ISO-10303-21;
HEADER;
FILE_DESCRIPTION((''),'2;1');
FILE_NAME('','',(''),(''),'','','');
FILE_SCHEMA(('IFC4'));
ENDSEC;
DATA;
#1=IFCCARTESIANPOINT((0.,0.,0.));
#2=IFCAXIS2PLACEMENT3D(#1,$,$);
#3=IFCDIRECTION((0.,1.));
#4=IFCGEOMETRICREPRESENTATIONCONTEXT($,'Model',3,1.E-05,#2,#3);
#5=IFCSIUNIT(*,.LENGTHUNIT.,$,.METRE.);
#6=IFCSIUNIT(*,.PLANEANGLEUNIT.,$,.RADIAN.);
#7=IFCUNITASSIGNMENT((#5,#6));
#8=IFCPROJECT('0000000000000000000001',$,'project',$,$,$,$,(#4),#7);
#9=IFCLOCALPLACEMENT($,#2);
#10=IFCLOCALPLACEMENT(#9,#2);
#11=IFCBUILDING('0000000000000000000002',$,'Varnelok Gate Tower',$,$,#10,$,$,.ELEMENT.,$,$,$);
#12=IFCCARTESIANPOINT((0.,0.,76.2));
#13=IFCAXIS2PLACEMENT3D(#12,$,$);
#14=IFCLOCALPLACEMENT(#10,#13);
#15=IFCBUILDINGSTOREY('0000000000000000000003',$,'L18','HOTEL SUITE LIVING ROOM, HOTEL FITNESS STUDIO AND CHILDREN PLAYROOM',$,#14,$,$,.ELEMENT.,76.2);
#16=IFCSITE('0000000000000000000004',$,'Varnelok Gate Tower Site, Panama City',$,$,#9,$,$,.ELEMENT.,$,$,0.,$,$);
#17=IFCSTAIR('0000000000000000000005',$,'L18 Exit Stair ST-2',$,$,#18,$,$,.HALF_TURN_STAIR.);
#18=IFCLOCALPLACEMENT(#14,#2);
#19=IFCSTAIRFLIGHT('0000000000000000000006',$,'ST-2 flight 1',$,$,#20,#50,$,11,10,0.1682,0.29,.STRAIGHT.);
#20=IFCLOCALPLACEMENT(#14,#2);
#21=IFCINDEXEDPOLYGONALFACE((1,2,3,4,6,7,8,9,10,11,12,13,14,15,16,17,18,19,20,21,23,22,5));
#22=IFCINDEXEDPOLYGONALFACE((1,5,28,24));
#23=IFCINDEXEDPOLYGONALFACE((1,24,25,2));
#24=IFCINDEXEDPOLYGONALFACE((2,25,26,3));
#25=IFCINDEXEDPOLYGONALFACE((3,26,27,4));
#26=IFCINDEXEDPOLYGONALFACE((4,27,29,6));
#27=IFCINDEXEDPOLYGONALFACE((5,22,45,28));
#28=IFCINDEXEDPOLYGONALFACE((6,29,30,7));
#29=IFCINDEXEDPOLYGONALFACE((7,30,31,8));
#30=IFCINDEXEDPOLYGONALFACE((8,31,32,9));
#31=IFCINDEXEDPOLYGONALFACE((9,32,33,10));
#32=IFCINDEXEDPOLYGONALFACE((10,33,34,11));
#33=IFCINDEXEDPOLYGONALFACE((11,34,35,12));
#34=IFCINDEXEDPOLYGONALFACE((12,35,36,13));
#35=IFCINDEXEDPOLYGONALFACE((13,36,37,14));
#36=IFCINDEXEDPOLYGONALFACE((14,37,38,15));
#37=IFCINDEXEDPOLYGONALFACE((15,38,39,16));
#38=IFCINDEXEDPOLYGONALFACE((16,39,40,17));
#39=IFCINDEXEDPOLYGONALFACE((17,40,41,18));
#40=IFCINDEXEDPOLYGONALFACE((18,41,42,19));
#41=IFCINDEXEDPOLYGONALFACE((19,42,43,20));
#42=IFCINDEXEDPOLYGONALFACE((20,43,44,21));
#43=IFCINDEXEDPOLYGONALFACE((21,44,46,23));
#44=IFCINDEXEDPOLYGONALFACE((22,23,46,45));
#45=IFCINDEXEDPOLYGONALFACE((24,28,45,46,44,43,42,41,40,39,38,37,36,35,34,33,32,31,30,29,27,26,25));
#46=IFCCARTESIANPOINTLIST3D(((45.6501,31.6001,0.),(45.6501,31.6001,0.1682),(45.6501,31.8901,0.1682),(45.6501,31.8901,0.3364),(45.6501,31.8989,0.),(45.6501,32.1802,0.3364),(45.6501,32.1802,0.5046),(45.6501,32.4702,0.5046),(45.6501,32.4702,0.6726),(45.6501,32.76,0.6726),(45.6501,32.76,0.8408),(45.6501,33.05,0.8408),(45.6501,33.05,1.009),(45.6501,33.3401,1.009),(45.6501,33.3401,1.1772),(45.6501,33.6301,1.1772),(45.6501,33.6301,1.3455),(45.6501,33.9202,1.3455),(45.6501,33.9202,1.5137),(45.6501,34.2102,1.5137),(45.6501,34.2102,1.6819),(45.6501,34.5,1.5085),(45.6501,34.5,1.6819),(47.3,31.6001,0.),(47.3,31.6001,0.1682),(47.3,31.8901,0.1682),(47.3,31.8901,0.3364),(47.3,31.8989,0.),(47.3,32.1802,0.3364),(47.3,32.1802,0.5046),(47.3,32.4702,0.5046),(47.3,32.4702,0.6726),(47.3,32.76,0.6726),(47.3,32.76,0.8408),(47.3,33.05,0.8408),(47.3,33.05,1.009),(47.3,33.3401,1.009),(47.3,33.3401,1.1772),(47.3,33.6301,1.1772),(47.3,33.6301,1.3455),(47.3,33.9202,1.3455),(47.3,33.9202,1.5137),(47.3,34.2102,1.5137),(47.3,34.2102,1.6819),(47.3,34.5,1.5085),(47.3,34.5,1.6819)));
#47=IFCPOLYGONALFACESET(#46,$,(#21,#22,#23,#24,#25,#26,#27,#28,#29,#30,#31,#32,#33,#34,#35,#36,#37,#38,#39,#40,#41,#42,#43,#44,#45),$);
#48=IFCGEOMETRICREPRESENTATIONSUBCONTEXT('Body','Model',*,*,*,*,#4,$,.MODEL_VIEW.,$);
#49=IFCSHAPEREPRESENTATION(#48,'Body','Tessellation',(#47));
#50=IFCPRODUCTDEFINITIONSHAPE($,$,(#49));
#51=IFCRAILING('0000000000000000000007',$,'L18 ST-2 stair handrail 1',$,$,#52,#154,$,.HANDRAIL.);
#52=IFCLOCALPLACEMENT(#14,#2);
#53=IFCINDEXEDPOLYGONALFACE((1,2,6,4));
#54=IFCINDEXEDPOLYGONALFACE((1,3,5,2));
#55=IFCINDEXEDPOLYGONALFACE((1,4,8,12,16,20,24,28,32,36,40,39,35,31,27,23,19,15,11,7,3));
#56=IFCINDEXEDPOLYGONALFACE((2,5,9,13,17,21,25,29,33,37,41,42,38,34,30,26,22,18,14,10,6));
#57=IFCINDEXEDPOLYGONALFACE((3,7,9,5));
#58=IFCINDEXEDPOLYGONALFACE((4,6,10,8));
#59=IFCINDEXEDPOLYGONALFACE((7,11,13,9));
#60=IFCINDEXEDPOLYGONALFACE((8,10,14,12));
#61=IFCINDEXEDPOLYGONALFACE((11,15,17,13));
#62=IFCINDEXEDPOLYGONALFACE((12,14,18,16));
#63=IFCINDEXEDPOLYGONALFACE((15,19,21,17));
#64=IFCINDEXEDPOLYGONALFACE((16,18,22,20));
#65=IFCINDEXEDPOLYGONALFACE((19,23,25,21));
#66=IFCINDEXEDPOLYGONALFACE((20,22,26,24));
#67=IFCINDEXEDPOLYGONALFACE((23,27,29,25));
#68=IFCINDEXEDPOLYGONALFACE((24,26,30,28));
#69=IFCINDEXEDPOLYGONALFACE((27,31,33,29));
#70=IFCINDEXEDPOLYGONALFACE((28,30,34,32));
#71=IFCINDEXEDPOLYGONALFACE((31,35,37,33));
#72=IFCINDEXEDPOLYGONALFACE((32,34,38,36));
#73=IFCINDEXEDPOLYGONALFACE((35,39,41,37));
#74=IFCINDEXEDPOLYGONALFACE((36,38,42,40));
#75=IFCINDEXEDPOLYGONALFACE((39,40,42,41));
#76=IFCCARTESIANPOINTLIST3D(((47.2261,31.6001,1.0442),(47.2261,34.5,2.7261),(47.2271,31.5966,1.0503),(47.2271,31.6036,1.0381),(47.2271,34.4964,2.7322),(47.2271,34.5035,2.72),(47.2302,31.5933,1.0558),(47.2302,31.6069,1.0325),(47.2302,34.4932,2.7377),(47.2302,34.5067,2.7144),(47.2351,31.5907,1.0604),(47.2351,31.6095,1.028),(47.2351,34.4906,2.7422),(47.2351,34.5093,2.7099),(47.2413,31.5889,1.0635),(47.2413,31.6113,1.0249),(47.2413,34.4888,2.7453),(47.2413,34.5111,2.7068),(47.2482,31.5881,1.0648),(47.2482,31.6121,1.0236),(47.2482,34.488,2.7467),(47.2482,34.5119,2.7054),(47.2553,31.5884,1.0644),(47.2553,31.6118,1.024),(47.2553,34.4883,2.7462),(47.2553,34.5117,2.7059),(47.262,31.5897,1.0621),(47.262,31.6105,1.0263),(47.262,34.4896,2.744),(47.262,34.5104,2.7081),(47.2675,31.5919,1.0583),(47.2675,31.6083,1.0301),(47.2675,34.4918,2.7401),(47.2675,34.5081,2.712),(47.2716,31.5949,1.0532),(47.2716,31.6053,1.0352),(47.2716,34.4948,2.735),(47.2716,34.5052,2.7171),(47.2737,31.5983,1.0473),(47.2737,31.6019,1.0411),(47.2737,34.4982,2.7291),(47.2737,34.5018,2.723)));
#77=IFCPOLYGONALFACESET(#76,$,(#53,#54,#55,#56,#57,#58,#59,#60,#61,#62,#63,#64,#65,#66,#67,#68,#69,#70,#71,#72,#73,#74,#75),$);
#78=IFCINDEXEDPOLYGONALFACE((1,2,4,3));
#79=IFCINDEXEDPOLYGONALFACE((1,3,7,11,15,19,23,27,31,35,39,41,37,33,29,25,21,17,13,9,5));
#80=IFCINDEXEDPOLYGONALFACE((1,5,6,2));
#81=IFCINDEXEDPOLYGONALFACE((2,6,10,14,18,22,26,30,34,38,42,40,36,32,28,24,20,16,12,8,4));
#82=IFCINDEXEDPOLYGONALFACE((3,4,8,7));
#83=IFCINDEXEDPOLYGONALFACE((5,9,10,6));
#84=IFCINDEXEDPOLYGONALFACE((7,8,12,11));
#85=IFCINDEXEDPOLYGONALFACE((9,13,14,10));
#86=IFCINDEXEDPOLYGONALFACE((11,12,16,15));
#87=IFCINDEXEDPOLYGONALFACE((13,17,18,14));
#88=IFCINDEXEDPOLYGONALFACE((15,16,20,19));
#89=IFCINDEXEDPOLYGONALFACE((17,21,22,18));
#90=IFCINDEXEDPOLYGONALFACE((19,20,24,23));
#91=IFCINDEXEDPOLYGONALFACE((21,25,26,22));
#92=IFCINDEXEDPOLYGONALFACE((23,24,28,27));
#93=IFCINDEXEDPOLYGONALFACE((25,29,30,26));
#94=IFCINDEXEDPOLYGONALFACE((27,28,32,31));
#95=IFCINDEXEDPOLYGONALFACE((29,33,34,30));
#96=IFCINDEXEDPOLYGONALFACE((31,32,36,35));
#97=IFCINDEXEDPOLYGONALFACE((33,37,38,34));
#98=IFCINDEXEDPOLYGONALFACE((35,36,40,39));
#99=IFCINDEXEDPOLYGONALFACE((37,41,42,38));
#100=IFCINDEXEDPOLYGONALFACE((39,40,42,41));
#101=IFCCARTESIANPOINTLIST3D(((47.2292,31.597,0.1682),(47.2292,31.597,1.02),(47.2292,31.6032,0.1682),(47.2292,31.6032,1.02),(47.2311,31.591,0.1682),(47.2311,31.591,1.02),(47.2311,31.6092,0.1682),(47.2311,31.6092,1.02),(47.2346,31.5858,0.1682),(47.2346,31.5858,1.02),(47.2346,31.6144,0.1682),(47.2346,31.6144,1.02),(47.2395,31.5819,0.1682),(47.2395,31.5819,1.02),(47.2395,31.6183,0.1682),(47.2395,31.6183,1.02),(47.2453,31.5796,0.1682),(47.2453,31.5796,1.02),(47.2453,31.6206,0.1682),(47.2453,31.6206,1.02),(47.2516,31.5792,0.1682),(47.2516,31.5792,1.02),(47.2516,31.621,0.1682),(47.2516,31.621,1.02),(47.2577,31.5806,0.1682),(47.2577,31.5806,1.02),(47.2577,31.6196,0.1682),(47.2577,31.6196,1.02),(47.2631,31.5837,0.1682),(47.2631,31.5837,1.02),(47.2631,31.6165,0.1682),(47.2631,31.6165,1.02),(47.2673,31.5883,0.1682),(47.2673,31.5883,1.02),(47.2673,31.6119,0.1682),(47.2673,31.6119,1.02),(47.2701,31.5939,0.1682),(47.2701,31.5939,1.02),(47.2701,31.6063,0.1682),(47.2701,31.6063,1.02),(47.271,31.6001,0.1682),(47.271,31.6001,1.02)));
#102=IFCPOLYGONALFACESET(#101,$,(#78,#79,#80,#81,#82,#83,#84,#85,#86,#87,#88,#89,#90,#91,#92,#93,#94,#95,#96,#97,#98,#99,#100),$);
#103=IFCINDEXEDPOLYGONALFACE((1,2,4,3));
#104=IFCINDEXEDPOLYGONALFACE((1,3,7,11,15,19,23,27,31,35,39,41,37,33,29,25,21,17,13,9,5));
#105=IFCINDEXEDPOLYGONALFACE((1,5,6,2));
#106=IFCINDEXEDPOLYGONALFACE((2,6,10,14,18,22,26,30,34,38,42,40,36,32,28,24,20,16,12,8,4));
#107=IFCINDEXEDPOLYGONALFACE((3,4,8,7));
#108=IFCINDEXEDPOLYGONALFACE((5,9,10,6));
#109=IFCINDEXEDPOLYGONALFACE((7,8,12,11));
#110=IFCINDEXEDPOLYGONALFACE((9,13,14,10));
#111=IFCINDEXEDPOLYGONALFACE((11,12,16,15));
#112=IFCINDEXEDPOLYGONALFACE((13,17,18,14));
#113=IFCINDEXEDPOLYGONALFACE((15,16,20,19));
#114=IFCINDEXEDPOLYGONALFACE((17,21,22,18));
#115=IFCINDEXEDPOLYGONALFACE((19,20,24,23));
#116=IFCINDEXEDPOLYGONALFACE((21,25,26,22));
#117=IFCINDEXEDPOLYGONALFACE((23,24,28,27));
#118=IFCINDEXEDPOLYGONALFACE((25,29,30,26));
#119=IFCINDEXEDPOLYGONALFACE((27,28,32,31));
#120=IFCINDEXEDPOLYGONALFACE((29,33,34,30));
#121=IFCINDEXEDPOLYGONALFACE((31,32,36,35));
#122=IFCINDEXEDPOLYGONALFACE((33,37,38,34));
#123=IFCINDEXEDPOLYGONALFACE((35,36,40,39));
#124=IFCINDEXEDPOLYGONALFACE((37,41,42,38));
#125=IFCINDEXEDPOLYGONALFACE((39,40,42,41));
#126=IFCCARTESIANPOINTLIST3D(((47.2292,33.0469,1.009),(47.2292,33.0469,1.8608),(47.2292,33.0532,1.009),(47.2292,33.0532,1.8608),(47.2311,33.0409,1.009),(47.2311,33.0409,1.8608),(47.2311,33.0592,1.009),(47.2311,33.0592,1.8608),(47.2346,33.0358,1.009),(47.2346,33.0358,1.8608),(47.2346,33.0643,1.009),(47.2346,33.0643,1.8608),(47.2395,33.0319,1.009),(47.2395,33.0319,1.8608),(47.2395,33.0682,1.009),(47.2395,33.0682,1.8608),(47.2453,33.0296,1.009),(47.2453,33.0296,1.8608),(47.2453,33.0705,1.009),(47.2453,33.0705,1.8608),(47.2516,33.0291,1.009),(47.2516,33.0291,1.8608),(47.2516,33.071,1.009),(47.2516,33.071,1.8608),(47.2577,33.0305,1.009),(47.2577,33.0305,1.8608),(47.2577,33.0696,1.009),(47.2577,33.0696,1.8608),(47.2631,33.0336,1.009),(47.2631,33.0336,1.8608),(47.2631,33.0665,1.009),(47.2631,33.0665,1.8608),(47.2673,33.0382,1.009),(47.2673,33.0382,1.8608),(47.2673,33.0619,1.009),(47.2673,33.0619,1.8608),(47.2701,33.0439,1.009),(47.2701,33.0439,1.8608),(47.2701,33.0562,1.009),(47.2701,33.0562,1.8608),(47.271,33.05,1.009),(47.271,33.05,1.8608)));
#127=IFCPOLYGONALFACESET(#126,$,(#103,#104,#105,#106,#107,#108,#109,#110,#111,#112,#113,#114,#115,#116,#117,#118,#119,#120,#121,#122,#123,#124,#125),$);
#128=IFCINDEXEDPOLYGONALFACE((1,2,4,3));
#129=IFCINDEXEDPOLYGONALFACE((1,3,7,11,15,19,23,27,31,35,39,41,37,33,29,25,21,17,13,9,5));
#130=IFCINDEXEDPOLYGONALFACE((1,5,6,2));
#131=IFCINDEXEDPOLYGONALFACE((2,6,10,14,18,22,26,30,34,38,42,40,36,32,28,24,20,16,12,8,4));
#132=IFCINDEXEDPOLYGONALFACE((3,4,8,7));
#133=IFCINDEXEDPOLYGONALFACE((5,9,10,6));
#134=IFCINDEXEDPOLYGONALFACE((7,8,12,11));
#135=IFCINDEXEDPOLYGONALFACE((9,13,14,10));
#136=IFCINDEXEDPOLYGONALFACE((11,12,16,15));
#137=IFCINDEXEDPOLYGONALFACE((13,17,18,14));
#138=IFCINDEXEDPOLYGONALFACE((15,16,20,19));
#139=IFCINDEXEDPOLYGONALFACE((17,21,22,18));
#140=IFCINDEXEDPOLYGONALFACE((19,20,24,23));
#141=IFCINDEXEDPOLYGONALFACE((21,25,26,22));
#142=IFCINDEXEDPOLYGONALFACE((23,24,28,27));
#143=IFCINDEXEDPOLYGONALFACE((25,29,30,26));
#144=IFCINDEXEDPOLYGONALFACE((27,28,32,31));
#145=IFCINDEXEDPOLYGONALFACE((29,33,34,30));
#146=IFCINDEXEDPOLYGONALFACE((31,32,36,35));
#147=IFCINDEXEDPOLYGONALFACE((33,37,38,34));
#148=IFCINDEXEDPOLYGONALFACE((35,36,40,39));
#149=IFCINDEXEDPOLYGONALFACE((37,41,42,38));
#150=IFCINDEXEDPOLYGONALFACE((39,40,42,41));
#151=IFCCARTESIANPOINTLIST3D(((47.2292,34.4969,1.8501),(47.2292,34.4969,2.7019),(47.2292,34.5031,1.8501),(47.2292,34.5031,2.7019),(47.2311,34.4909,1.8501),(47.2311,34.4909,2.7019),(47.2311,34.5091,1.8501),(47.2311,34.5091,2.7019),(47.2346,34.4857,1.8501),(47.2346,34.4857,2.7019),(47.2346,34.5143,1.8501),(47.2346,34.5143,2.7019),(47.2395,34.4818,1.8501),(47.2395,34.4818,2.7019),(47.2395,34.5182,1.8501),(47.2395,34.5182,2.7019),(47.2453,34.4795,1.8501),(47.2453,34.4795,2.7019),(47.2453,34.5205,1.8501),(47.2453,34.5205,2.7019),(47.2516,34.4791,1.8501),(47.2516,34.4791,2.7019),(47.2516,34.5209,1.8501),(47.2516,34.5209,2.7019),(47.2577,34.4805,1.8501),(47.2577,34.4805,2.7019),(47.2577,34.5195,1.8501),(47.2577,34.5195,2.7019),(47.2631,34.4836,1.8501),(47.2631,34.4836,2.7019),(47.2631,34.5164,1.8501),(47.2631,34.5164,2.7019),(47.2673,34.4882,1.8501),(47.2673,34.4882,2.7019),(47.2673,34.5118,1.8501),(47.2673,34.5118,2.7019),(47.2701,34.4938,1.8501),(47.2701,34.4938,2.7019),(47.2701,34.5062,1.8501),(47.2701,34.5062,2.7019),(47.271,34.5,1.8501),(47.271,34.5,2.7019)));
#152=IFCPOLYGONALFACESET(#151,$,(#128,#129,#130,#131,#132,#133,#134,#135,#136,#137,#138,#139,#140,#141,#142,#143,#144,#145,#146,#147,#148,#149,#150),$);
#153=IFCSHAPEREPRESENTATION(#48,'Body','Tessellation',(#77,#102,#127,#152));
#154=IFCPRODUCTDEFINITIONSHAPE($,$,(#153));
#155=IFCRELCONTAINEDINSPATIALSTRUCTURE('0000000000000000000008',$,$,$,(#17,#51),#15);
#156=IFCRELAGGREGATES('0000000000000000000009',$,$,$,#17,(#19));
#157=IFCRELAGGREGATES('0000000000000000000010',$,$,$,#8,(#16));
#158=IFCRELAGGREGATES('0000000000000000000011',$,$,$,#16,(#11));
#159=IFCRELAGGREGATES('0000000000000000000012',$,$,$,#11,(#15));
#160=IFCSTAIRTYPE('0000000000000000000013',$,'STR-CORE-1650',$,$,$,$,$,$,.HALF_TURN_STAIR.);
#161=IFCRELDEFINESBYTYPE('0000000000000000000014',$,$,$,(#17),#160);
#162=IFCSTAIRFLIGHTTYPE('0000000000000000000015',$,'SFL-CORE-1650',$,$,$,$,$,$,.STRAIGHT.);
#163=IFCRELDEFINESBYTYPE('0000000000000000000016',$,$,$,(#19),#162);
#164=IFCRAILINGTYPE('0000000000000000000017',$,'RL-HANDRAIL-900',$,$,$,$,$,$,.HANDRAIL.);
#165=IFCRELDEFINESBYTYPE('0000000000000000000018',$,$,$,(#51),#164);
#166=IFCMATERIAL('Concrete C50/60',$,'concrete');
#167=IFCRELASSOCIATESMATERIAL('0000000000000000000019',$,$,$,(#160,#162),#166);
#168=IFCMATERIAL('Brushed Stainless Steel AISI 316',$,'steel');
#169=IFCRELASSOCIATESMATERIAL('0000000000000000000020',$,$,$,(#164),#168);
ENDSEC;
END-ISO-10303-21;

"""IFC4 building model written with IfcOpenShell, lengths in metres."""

from ifc_helpers import new_model, si_unit, direction, frame, origin, origin_2d, place, context, subcontext, project, spatial, polyline, circle, outline, extrude, material, type_object, element, aggregate, save


model = new_model("IFC4")

# Units and contexts
model_context = context("Model", 3, precision=1e-05, world=origin(), true_north=direction((0.0, 1.0)))
body_context = subcontext(model_context, "Body", "Model", "MODEL_VIEW")
ifc_project = project(units=[si_unit("LENGTHUNIT", "METRE"), si_unit("PLANEANGLEUNIT", "RADIAN")], contexts=[model_context])

# Site, building, storey
site_placement = place(None, origin())
site = spatial("IfcSite", under=ifc_project, at=site_placement, Name="Varnelok Gate Tower Site, Panama City", CompositionType="ELEMENT", RefElevation=0.0)
building_placement = place(site_placement, origin())
building = spatial("IfcBuilding", under=site, at=building_placement, Name="Varnelok Gate Tower", CompositionType="ELEMENT")
storey_placement = place(building_placement, frame((0.0, 0.0, 76.2)))
storey = spatial("IfcBuildingStorey", under=building, at=storey_placement, Name="L18", Description="HOTEL SUITE LIVING ROOM, HOTEL FITNESS STUDIO AND CHILDREN PLAYROOM", CompositionType="ELEMENT", Elevation=76.2)

# Stair, stair flight
ifc_material_1 = material(Name="Concrete C50/60", Category="concrete")
stair_type = type_object("IfcStairType", Name="STR-CORE-1650", PredefinedType="HALF_TURN_STAIR", material=ifc_material_1)
stair_placement = place(storey_placement, origin())
stair = element("IfcStair", 1, at=stair_placement, inside=storey, type_object=stair_type, Name="L18 Exit Stair ST-2", PredefinedType="HALF_TURN_STAIR")
stair_flight_type = type_object("IfcStairFlightType", Name="SFL-CORE-1650", PredefinedType="STRAIGHT", material=ifc_material_1)
stair_flight_placement = place(storey_placement, frame((46.4751, 31.6001, 0.0), z_axis=(0.0, 0.0, 1.0), x_axis=(0.0, 1.0, 0.0)))
stair_flight = element("IfcStairFlight", 2, at=stair_flight_placement, type_object=stair_flight_type, Name="ST-2 flight 1", NumberOfRisers=11, NumberOfTreads=10, PredefinedType="STRAIGHT", RiserHeight=0.1682, TreadLength=0.29, context=body_context, shape_type="SweptSolid", body=[
    extrude(outline(polyline([(0.0, 0.0), (0.0, 0.1682), (0.29, 0.1682), (0.29, 0.3364), (0.5801, 0.3364), (0.5801, 0.5046), (0.8701, 0.5046), (0.8701, 0.6726), (1.1599, 0.6726), (1.1599, 0.8408), (1.45, 0.8408), (1.45, 1.009), (1.74, 1.009), (1.74, 1.1772), (2.03, 1.1772), (2.03, 1.3455), (2.3201, 1.3455), (2.3201, 1.5137), (2.6101, 1.5137), (2.6101, 1.6819), (2.8999, 1.6819), (2.8999, 1.8501), (2.8999, 1.5085), (0.2988, 0.0), (0.0, 0.0)])), frame((0.0, 0.825, 0.0), z_axis=(0.0, -1.0, 0.0), x_axis=(1.0, 0.0, 0.0)), (0.0, 0.0, 1.0), 1.6499),
])
aggregate(stair, [stair_flight])

# Railing
ifc_material_2 = material(Name="Brushed Stainless Steel AISI 316", Category="steel")
railing_type_1 = type_object("IfcRailingType", Name="RL-HANDRAIL-900", PredefinedType="HANDRAIL", material=ifc_material_2)
railing_1_placement = place(storey_placement, frame((47.25, 31.6001, 0.1682)))
element("IfcRailing", 3, at=railing_1_placement, inside=storey, type_object=railing_type_1, Name="L18 ST-2 stair handrail 1", PredefinedType="HANDRAIL", context=body_context, shape_type="SweptSolid", body=[
    extrude(circle(Radius=0.0239, at=origin_2d()), frame((0.0, 0.0, 0.876), z_axis=(0.0, 0.865039, 0.501705), x_axis=(-1.0, 0.0, 0.0)), (0.0, 0.0, 1.0), 3.3523),
    extrude(circle(Radius=0.021, at=origin_2d()), origin(), (0.0, 0.0, 1.0), 0.8518),
    extrude(circle(Radius=0.021, at=origin_2d()), frame((0.0, 1.45, 0.8408)), (0.0, 0.0, 1.0), 0.8518),
    extrude(circle(Radius=0.021, at=origin_2d()), frame((0.0, 2.8999, 1.6819)), (0.0, 0.0, 1.0), 0.8518),
])

save(model, "model.ifc")
